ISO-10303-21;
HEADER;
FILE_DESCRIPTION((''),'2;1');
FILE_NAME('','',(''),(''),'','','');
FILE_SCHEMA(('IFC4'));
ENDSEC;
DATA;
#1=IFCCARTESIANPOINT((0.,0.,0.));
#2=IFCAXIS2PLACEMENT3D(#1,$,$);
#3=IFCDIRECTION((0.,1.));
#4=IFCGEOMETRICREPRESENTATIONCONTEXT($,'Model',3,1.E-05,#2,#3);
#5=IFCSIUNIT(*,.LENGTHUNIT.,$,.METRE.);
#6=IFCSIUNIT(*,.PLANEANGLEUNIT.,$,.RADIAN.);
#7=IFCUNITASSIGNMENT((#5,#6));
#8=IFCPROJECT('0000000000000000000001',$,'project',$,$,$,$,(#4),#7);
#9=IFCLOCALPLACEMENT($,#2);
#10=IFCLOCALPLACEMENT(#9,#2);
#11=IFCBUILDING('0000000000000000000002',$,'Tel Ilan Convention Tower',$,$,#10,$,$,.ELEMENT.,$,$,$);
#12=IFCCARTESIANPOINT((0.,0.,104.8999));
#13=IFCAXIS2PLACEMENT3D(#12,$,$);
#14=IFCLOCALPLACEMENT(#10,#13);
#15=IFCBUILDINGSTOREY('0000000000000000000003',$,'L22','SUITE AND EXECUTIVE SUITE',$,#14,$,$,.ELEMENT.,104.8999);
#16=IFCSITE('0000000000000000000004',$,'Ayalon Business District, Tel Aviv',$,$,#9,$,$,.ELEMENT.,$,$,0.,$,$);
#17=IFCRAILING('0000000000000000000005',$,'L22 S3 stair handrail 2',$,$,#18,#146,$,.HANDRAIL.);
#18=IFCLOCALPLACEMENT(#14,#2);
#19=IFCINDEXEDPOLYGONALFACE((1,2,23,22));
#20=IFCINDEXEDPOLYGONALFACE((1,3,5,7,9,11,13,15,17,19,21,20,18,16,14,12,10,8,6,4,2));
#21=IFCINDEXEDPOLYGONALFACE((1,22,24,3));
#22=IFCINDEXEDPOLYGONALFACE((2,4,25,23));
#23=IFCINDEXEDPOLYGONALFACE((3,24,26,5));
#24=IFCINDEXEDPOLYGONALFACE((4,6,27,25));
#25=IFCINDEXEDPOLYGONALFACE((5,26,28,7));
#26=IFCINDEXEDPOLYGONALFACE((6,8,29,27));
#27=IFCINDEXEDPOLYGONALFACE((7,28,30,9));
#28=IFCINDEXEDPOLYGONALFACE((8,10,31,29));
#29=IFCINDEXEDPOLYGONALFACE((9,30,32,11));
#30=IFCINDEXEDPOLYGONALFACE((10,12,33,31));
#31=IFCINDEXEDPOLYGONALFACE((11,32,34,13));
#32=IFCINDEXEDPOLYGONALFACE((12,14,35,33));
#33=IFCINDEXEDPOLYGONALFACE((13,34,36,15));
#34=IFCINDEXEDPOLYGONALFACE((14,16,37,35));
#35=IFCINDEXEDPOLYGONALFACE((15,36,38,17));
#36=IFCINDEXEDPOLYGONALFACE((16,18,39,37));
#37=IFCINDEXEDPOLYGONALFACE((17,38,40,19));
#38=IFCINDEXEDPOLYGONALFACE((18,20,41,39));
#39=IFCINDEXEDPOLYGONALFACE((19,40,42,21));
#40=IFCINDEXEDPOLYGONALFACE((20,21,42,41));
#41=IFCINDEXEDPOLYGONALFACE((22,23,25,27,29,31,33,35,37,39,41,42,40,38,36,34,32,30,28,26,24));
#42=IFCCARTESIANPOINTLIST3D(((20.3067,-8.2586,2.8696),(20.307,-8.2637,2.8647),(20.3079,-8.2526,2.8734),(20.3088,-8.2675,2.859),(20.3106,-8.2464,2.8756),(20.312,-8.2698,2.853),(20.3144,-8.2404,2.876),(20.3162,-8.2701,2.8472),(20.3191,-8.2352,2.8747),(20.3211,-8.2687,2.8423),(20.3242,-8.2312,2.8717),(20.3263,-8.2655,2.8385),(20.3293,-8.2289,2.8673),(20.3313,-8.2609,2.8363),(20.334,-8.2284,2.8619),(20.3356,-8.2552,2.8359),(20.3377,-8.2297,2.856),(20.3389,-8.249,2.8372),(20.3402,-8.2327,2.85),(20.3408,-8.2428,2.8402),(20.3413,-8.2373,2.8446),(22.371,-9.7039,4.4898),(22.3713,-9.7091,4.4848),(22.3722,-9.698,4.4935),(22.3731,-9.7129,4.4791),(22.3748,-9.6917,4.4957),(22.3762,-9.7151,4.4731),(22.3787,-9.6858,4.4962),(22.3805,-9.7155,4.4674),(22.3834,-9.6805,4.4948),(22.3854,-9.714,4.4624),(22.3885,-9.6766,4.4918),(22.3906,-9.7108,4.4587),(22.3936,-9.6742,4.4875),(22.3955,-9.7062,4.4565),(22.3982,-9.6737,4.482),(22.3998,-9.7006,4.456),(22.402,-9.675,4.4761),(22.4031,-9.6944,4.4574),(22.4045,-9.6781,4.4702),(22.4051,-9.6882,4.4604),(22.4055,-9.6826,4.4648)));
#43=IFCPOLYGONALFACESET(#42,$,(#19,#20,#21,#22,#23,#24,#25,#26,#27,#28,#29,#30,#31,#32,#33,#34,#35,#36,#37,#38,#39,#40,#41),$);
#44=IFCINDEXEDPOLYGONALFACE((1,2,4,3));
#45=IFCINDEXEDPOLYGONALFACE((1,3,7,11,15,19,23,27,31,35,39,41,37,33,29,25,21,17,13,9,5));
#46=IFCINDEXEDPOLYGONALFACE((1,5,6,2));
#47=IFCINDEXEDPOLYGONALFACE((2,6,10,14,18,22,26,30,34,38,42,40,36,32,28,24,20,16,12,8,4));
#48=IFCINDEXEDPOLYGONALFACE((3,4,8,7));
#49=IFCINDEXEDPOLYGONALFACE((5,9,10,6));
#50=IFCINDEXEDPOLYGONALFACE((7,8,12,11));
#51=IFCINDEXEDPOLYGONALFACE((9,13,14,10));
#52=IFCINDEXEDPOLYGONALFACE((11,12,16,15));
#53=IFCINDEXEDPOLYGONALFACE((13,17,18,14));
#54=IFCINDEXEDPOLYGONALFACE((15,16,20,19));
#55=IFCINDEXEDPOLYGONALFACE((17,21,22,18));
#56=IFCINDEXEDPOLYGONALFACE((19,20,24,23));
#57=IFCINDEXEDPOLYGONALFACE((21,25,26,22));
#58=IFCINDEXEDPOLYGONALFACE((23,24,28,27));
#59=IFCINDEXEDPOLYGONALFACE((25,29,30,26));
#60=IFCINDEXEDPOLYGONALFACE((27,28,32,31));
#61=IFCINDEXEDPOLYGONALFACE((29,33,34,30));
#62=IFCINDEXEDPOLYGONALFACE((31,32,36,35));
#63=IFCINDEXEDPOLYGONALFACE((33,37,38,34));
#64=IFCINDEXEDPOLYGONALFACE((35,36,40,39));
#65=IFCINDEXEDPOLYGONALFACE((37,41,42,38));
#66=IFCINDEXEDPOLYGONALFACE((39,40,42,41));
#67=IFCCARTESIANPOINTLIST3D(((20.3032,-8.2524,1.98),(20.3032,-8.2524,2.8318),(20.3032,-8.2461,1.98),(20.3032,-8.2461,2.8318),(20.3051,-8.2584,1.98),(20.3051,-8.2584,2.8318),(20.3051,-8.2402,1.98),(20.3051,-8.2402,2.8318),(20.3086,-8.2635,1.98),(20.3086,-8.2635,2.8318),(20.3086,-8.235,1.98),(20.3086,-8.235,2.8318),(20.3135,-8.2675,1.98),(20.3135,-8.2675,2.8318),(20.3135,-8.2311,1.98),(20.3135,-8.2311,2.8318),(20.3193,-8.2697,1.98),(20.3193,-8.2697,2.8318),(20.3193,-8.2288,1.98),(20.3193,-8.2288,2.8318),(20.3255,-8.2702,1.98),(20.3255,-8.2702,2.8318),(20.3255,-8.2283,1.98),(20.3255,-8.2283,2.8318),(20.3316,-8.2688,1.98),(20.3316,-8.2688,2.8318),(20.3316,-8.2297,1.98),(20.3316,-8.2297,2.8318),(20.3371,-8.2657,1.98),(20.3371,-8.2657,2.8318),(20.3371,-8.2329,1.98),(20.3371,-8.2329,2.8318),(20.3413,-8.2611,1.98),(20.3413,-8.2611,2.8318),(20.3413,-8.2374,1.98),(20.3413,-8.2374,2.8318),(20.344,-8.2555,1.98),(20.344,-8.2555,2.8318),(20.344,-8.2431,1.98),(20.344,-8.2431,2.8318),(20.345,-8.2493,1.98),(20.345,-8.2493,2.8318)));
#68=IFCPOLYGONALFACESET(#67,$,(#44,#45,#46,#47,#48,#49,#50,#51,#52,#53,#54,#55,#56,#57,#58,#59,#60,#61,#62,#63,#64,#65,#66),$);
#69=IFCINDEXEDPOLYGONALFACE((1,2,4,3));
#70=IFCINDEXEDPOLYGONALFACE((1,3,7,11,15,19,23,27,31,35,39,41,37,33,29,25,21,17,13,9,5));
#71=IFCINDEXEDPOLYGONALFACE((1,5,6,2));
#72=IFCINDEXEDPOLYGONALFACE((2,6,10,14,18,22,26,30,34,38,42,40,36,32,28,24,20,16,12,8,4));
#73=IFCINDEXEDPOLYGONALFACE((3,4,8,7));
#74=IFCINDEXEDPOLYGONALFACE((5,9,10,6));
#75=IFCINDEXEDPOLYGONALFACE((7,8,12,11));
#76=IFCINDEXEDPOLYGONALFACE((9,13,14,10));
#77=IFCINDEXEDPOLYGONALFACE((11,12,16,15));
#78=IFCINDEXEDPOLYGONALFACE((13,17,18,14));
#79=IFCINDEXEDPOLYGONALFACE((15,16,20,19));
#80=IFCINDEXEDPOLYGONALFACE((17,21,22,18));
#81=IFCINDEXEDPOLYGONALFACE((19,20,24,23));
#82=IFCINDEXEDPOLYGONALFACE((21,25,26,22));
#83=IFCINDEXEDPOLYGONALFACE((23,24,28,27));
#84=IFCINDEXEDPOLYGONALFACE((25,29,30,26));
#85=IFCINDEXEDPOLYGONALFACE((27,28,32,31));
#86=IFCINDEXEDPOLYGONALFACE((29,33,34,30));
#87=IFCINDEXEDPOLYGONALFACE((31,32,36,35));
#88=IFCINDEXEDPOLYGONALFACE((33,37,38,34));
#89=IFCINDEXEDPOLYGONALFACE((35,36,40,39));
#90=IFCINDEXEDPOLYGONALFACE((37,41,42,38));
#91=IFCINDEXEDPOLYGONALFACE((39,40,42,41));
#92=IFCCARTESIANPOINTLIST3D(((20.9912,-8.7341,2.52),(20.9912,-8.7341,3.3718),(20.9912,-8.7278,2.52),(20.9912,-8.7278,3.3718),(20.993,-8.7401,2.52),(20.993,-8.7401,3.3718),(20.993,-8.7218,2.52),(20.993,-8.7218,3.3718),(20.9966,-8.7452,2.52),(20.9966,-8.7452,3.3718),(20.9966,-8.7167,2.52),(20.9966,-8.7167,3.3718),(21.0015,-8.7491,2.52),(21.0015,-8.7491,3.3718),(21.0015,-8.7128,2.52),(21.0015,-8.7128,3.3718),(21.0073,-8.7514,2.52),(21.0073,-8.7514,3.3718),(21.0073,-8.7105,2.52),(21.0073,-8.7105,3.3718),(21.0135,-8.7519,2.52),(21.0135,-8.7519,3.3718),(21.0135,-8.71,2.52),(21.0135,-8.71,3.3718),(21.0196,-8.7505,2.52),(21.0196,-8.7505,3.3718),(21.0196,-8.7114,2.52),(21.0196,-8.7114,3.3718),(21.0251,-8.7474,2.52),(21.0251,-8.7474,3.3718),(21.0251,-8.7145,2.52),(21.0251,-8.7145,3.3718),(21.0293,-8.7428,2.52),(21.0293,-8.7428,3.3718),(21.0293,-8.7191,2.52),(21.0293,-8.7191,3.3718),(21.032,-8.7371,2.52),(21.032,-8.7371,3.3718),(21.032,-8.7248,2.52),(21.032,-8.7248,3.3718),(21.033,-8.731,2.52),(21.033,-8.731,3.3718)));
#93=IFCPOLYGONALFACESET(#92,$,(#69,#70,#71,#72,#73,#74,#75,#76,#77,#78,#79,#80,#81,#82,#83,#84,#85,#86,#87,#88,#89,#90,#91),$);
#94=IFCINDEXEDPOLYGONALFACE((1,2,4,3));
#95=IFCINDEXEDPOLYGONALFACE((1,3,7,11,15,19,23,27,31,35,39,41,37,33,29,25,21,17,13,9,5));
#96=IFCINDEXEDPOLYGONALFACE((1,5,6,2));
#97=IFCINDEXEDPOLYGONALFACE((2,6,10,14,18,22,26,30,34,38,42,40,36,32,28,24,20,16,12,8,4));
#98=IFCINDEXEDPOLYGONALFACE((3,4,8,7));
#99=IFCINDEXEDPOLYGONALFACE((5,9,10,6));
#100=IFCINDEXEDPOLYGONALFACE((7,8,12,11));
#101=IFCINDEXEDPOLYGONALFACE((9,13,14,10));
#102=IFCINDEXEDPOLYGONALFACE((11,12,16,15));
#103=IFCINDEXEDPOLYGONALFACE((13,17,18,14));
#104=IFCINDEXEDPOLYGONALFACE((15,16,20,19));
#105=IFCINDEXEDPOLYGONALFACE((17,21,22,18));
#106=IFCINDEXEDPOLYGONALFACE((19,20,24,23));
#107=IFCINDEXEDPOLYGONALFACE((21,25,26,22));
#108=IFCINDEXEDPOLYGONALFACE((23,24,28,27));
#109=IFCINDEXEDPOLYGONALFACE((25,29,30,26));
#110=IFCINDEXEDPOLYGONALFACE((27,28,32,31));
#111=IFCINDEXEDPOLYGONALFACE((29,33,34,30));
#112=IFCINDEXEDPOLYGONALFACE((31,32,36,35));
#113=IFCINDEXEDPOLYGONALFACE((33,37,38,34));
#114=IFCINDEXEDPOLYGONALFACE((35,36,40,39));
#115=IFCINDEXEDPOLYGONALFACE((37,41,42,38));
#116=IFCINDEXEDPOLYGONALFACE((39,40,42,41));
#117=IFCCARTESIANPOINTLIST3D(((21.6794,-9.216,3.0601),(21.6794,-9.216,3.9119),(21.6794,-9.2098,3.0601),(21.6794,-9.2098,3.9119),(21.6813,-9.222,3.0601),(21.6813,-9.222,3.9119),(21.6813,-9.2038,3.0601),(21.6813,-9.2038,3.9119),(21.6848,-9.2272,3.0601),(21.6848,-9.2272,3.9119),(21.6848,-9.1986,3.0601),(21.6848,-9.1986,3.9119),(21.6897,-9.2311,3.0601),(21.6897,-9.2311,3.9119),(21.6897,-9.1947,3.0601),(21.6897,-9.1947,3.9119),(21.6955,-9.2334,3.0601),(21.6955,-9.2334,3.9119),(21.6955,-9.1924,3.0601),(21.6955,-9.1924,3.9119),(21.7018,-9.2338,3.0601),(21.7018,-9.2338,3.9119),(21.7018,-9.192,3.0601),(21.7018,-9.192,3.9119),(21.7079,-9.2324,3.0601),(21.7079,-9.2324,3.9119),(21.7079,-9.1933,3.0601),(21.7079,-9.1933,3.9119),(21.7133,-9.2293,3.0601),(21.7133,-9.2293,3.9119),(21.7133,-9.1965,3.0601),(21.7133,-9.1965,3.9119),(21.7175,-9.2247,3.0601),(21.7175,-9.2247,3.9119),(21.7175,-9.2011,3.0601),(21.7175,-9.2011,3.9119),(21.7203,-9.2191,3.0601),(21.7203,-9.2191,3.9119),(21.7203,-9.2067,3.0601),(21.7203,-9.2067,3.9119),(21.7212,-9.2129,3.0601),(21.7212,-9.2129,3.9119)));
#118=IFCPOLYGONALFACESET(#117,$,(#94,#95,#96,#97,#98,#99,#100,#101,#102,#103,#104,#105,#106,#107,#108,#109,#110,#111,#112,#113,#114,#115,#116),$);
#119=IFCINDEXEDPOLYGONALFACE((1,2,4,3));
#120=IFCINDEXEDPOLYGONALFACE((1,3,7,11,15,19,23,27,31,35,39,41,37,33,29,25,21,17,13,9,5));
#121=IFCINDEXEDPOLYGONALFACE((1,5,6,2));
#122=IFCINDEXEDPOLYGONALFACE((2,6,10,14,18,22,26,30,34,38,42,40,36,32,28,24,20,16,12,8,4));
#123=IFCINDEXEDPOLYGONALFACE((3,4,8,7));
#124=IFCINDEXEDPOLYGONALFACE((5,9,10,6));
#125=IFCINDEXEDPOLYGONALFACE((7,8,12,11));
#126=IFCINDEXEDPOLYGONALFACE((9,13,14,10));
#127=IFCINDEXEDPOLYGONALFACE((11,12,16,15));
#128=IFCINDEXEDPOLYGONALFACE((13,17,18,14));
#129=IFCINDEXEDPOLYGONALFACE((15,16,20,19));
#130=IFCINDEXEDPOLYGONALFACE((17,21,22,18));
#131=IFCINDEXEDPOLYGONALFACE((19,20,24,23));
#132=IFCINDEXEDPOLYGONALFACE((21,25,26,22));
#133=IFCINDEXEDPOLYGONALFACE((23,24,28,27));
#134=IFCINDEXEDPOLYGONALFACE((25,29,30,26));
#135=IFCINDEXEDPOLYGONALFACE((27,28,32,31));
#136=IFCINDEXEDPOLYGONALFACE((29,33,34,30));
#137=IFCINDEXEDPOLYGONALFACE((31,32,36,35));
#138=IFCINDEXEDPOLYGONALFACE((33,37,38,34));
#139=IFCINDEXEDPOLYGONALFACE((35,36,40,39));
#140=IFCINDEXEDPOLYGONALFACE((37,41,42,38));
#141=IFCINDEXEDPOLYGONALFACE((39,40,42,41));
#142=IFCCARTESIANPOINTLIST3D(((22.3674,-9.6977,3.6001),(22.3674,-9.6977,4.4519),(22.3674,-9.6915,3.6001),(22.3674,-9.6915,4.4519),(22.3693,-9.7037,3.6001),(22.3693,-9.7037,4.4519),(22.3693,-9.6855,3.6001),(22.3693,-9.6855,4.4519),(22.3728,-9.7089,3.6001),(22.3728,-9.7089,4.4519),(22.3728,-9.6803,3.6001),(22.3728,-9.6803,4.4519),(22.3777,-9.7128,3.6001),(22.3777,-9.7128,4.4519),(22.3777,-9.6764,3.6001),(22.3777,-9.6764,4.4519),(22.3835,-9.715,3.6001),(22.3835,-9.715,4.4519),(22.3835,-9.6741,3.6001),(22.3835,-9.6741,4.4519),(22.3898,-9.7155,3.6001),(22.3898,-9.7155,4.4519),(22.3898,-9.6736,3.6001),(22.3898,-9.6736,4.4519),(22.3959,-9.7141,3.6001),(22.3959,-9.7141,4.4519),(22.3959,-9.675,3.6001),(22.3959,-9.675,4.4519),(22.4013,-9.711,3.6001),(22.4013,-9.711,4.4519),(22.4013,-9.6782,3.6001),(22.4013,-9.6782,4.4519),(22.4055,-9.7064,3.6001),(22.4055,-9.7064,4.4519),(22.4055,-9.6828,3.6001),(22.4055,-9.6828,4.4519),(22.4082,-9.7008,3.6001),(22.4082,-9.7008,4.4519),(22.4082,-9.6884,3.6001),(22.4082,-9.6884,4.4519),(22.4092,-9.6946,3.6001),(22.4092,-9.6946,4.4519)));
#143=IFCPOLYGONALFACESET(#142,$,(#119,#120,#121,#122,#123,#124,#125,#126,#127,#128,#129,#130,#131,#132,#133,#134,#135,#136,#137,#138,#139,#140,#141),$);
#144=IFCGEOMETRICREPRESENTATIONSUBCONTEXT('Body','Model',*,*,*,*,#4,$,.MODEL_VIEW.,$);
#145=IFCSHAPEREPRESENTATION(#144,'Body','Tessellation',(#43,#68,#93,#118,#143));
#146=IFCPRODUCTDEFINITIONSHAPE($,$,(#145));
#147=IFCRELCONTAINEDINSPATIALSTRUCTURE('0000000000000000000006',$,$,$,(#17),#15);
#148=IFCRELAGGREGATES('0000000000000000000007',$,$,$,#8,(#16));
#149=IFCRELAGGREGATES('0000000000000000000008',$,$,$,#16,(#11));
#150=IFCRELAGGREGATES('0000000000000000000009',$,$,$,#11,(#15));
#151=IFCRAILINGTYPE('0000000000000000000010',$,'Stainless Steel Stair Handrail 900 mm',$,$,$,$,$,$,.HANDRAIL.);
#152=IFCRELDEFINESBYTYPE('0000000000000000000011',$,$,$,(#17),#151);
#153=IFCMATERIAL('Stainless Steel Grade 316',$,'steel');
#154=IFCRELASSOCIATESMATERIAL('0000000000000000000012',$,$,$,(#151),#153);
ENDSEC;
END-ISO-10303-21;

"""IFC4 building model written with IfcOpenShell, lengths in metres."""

from ifc_helpers import new_model, si_unit, direction, frame, origin, origin_2d, place, context, subcontext, project, spatial, circle, extrude, material, type_object, element, save


model = new_model("IFC4")

# Units and contexts
model_context = context("Model", 3, precision=1e-05, world=origin(), true_north=direction((0.0, 1.0)))
body_context = subcontext(model_context, "Body", "Model", "MODEL_VIEW")
ifc_project = project(units=[si_unit("LENGTHUNIT", "METRE"), si_unit("PLANEANGLEUNIT", "RADIAN")], contexts=[model_context])

# Site, building, storey
site_placement = place(None, origin())
site = spatial("IfcSite", under=ifc_project, at=site_placement, Name="Ayalon Business District, Tel Aviv", CompositionType="ELEMENT", RefElevation=0.0)
building_placement = place(site_placement, origin())
building = spatial("IfcBuilding", under=site, at=building_placement, Name="Tel Ilan Convention Tower", CompositionType="ELEMENT")
storey_placement = place(building_placement, frame((0.0, 0.0, 104.8999)))
storey = spatial("IfcBuildingStorey", under=building, at=storey_placement, Name="L22", Description="SUITE AND EXECUTIVE SUITE", CompositionType="ELEMENT", Elevation=104.8999)

# Railing
ifc_material_1 = material(Name="Stainless Steel Grade 316", Category="steel")
railing_type_1 = type_object("IfcRailingType", Name="Stainless Steel Stair Handrail 900 mm", PredefinedType="HANDRAIL", material=ifc_material_1)
railing_1_placement = place(storey_placement, frame((20.324, -8.2493, 1.98)))
element("IfcRailing", 1, at=railing_1_placement, inside=storey, type_object=railing_type_1, Name="L22 S3 stair handrail 2", PredefinedType="HANDRAIL", context=body_context, shape_type="SweptSolid", body=[
    extrude(circle(Radius=0.0239, at=origin_2d()), frame((0.0, 0.0, 0.876), z_axis=(0.68904, -0.48245, 0.540801), x_axis=(0.57356, 0.819164, 0.0)), (0.0, 0.0, 1.0), 2.9958),
    extrude(circle(Radius=0.021, at=origin_2d()), origin(), (0.0, 0.0, 1.0), 0.8518),
    extrude(circle(Radius=0.021, at=origin_2d()), frame((0.688, -0.4817, 0.54)), (0.0, 0.0, 1.0), 0.8518),
    extrude(circle(Radius=0.021, at=origin_2d()), frame((1.3762, -0.9636, 1.0801)), (0.0, 0.0, 1.0), 0.8518),
    extrude(circle(Radius=0.021, at=origin_2d()), frame((2.0642, -1.4453, 1.6201)), (0.0, 0.0, 1.0), 0.8518),
])

save(model, "model.ifc")
